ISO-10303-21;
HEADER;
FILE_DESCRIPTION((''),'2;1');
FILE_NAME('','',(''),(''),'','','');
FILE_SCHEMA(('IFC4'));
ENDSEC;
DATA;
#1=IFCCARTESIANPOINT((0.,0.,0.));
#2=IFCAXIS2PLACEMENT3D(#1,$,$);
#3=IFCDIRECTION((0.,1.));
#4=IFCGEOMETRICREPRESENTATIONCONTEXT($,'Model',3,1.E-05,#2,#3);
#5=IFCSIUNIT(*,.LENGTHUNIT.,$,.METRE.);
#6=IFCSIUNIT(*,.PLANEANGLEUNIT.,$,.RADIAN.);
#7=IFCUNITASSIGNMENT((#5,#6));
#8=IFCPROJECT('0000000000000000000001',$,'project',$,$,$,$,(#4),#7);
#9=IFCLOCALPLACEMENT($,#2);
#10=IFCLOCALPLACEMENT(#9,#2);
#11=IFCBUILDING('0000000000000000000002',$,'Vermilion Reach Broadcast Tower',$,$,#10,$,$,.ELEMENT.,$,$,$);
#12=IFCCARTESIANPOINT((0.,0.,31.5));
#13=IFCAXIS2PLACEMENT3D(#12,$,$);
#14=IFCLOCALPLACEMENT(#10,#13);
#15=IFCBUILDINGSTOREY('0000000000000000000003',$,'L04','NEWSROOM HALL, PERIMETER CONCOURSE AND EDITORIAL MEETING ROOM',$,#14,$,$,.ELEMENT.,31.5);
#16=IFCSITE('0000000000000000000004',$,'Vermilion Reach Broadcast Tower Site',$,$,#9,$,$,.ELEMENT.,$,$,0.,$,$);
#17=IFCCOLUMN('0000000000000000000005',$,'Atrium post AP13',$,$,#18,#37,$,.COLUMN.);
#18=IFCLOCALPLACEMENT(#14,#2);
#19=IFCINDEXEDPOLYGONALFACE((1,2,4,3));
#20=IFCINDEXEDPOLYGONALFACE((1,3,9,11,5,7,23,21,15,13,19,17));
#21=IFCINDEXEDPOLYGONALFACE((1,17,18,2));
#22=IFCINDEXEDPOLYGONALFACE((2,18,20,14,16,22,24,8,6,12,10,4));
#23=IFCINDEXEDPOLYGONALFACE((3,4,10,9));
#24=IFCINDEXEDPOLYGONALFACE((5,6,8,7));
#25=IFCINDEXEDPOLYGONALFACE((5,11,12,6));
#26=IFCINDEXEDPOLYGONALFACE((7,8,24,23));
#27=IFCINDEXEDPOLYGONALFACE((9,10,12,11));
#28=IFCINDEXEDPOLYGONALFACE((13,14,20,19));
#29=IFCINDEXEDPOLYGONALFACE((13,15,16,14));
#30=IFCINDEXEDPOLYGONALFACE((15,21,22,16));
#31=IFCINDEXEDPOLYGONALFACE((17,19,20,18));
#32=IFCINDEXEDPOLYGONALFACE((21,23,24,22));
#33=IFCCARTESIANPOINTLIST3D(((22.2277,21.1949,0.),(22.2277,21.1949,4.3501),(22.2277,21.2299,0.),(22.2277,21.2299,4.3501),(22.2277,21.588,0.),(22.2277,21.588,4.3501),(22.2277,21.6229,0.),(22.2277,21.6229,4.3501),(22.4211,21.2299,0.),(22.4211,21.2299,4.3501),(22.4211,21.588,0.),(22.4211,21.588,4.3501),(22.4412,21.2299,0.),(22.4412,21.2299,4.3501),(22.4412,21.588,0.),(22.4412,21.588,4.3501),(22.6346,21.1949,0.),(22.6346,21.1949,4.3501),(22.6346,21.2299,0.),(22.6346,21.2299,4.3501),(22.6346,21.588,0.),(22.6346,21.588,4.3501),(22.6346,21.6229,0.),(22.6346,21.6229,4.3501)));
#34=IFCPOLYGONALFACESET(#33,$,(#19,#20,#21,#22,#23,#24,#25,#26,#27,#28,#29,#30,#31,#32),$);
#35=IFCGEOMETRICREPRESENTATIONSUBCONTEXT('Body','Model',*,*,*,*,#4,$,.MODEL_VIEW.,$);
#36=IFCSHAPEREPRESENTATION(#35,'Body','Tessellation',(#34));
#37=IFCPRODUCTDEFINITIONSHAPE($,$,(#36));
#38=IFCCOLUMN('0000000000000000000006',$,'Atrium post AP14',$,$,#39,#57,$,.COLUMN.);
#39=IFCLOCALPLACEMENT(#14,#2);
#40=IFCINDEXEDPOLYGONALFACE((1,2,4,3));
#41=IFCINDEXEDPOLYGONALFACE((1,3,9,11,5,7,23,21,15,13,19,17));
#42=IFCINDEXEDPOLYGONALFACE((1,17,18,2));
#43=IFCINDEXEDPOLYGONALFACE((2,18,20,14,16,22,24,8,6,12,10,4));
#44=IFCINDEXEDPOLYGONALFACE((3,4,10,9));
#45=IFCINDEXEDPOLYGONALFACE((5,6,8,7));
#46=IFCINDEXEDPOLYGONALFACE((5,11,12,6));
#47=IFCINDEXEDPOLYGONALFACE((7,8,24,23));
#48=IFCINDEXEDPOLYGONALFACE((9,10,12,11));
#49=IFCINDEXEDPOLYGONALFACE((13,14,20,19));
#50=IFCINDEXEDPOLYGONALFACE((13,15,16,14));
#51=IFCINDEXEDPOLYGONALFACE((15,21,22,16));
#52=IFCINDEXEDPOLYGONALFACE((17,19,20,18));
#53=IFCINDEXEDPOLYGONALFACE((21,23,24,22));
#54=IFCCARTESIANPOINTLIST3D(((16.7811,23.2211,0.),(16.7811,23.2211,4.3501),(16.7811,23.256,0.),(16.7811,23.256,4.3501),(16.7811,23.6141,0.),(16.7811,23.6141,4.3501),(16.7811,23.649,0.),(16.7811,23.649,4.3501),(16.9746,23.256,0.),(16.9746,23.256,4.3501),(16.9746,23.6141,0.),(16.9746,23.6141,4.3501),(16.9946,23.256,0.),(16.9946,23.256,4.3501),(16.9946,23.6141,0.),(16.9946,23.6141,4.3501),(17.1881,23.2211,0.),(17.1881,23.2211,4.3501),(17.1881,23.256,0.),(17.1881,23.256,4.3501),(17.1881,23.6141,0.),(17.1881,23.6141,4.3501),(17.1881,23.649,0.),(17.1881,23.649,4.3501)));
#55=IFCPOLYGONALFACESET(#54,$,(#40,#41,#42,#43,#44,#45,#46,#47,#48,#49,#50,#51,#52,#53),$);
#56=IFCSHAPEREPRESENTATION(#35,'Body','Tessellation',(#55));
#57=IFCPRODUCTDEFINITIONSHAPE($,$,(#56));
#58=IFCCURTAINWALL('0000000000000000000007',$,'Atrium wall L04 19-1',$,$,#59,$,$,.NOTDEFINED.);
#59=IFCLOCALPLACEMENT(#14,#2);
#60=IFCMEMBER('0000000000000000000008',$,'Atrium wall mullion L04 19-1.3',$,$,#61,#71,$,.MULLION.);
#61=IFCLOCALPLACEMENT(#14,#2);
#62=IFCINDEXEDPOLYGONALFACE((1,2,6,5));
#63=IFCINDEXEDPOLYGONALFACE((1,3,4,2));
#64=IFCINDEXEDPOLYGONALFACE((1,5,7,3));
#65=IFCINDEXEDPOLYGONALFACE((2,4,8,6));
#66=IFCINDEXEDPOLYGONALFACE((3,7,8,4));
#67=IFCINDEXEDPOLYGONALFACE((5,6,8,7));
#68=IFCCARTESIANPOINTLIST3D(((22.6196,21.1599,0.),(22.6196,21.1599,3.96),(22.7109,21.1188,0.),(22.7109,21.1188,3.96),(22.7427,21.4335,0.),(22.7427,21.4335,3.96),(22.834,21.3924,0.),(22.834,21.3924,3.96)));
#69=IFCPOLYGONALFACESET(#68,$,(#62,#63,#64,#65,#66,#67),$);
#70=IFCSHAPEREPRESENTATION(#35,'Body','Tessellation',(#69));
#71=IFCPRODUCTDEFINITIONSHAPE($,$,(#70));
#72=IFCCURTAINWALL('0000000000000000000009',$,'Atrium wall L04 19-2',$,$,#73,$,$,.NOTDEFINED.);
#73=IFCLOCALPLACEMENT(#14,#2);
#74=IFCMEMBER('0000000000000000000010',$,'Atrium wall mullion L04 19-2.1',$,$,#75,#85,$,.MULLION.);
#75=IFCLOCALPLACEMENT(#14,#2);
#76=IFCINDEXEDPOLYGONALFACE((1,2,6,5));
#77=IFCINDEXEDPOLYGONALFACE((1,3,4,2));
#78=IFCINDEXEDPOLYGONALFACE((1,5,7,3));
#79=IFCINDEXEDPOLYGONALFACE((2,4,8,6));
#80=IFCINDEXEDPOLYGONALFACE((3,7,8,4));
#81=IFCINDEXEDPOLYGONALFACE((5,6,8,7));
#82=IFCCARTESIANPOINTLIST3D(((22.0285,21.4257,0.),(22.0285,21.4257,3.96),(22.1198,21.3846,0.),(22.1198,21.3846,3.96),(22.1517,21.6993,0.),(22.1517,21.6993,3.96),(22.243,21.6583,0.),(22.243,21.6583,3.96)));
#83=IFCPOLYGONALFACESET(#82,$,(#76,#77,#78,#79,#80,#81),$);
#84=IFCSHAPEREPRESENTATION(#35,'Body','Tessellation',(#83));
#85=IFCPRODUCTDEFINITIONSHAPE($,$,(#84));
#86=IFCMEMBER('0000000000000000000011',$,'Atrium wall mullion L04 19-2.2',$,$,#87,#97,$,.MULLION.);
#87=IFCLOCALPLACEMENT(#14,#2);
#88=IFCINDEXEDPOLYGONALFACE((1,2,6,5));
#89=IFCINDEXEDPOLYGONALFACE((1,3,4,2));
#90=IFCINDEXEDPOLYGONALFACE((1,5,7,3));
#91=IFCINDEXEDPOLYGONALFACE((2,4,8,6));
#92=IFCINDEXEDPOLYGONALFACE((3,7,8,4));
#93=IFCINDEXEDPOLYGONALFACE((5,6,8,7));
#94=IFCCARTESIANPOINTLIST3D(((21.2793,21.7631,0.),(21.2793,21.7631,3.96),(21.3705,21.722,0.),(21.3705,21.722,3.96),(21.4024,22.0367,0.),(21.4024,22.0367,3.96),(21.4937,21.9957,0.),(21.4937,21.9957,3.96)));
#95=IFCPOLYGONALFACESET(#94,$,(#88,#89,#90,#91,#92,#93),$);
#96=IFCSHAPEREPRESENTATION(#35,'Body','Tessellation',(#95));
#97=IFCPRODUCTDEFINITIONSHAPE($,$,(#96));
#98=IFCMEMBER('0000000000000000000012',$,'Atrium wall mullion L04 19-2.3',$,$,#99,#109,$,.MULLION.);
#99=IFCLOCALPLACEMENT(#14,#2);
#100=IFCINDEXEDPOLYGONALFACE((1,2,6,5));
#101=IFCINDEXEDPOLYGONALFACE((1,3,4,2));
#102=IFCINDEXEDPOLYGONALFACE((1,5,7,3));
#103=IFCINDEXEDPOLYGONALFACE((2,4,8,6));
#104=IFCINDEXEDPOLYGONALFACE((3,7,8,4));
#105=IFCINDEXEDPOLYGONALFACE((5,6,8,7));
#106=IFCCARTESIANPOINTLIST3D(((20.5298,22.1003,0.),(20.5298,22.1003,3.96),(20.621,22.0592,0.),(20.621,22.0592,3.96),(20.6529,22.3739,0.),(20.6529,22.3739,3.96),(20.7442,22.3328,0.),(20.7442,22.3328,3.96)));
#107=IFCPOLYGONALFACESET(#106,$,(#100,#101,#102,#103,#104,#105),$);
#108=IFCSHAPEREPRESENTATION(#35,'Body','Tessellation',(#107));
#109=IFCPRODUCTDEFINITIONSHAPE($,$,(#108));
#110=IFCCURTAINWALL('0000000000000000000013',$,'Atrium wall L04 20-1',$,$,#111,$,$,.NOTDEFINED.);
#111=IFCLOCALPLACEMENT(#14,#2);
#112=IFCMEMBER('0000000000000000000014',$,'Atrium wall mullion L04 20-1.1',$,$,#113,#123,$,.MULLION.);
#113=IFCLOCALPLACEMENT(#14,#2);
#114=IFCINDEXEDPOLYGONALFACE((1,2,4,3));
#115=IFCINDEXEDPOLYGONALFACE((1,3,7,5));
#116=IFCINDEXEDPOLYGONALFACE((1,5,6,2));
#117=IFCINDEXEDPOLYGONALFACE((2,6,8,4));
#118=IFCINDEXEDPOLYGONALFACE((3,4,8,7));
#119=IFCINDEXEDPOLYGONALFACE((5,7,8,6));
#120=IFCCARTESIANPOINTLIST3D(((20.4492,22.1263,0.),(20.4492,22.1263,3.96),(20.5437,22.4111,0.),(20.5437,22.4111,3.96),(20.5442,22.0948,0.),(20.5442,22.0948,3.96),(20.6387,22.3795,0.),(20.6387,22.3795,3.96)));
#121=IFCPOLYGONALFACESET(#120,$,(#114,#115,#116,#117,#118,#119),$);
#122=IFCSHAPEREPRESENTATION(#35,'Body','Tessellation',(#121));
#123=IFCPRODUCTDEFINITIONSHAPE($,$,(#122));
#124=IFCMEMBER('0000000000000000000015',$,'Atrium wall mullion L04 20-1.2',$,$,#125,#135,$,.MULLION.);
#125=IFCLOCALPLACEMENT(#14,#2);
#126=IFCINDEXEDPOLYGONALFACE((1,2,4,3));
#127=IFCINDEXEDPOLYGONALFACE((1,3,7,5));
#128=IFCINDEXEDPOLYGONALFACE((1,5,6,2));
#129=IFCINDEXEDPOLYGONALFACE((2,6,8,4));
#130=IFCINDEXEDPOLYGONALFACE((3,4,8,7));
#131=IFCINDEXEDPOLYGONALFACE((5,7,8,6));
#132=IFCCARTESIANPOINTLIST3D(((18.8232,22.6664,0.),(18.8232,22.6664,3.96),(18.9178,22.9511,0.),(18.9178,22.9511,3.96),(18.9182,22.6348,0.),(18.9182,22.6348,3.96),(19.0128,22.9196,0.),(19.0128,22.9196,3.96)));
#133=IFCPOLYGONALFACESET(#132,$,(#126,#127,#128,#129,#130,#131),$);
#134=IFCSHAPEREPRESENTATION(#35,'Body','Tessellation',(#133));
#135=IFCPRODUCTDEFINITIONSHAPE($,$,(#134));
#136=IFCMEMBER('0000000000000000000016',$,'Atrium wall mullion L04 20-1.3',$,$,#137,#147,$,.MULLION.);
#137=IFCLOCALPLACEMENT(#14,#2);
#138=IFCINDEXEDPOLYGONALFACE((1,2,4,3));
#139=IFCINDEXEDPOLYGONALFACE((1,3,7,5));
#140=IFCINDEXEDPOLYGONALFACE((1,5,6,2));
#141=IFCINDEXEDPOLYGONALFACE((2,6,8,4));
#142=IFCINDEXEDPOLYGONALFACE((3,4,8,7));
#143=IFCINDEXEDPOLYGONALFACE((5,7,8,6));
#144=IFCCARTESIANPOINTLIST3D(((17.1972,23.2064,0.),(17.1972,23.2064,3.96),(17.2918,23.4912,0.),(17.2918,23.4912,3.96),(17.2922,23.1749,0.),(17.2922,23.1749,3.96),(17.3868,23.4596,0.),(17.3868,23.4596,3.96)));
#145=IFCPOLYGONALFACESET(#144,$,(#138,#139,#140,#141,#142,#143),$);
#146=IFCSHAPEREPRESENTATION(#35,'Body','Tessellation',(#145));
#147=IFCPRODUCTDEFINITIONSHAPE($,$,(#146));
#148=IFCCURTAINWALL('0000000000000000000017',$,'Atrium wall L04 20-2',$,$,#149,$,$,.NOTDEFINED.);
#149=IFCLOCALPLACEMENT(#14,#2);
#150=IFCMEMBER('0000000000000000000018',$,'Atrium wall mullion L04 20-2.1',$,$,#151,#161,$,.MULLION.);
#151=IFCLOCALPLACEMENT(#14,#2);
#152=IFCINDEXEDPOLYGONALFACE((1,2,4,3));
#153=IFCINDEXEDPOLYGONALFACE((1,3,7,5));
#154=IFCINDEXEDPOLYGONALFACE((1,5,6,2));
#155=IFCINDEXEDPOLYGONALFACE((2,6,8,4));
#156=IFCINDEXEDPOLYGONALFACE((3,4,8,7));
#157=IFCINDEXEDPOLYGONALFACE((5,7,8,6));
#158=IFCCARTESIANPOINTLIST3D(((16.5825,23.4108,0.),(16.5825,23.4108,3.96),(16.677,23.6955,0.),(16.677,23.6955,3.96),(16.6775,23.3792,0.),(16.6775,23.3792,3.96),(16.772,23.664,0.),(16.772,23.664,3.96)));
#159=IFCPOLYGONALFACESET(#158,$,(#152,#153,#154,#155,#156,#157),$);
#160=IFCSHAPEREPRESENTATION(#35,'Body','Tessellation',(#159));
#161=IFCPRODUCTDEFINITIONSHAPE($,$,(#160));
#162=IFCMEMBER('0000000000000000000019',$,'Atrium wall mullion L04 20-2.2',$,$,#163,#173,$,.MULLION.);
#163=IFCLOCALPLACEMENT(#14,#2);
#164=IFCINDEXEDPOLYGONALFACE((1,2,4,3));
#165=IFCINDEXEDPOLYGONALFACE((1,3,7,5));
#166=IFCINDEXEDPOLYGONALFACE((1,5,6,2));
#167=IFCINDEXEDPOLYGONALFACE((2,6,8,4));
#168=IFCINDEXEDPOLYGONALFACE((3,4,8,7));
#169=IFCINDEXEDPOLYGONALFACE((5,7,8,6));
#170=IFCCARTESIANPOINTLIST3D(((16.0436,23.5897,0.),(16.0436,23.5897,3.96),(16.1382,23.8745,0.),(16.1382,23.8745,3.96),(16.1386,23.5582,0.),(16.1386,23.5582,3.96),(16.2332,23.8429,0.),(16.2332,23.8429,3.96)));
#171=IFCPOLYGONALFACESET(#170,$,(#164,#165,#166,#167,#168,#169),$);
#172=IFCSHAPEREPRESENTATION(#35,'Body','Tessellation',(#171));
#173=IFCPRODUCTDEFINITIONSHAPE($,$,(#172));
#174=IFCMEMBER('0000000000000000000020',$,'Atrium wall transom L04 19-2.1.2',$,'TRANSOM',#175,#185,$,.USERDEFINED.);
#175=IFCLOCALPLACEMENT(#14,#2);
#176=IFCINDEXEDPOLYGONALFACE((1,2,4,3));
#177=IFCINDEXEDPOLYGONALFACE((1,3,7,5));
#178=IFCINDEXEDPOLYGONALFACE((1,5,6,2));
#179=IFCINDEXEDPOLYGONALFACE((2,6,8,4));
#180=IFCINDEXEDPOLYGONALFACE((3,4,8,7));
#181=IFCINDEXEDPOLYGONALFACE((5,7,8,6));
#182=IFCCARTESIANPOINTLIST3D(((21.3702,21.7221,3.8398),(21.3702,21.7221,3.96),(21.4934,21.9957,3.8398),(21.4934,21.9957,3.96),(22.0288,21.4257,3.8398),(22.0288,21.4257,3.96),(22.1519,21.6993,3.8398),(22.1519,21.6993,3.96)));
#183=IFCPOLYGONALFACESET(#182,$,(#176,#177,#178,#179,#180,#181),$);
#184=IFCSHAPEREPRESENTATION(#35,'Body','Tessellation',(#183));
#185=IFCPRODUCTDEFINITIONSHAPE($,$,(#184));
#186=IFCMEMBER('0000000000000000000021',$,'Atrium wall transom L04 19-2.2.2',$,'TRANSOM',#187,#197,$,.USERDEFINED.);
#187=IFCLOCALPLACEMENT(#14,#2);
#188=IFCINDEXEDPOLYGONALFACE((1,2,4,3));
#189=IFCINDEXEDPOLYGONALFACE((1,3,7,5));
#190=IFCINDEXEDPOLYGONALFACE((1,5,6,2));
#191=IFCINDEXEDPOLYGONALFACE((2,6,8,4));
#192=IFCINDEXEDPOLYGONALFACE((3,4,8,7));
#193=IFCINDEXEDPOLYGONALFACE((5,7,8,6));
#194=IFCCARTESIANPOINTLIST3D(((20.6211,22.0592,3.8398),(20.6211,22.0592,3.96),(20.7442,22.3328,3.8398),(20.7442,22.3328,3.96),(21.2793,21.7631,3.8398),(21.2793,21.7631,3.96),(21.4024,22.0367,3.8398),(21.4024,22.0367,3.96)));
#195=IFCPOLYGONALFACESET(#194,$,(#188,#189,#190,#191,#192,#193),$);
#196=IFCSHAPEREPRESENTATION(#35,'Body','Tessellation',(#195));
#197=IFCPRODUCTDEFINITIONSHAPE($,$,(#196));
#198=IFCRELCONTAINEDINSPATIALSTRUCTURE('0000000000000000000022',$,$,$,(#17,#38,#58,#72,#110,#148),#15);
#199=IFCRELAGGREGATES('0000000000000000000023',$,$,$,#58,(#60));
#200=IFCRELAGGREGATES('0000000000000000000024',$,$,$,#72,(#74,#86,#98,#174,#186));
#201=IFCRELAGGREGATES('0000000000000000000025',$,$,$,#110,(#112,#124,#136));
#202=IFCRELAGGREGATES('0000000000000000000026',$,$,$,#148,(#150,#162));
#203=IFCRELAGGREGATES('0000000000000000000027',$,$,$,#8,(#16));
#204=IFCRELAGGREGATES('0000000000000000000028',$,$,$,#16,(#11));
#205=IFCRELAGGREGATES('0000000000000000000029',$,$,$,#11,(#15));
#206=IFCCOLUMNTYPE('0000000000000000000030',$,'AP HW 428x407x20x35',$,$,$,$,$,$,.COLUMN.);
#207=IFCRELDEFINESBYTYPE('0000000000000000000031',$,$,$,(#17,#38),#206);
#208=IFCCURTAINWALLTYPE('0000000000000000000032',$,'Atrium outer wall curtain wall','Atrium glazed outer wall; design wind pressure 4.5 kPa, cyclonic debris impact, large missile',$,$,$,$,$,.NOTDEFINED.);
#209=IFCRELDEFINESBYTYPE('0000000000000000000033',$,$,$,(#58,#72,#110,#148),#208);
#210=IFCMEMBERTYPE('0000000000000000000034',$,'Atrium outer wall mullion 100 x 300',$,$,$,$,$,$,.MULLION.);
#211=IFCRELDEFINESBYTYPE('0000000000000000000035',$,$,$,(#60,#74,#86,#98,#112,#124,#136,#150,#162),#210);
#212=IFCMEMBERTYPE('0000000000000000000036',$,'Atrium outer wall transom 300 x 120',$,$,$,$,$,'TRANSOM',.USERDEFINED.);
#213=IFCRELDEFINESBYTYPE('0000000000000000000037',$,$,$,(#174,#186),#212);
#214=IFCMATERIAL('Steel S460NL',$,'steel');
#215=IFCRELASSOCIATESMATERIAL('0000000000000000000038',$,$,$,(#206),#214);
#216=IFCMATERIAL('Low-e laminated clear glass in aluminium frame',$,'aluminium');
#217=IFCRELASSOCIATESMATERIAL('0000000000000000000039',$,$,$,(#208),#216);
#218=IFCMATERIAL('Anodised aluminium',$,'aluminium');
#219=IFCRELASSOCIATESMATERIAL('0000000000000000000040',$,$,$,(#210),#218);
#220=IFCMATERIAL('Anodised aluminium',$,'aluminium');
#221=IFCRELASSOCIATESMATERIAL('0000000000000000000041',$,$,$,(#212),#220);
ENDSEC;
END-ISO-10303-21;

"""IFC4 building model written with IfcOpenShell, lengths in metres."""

from ifc_helpers import new_model, si_unit, direction, frame, origin, origin_2d, place, context, subcontext, project, spatial, rectangle, i_section, extrude, material, material_profile, profile_set, type_object, element, aggregate, save


model = new_model("IFC4")

# Units and contexts
model_context = context("Model", 3, precision=1e-05, world=origin(), true_north=direction((0.0, 1.0)))
body_context = subcontext(model_context, "Body", "Model", "MODEL_VIEW")
ifc_project = project(units=[si_unit("LENGTHUNIT", "METRE"), si_unit("PLANEANGLEUNIT", "RADIAN")], contexts=[model_context])

# Site, building, storey
site_placement = place(None, origin())
site = spatial("IfcSite", under=ifc_project, at=site_placement, Name="Vermilion Reach Broadcast Tower Site", CompositionType="ELEMENT", RefElevation=0.0)
building_placement = place(site_placement, origin())
building = spatial("IfcBuilding", under=site, at=building_placement, Name="Vermilion Reach Broadcast Tower", CompositionType="ELEMENT")
storey_placement = place(building_placement, frame((0.0, 0.0, 31.5)))
storey = spatial("IfcBuildingStorey", under=building, at=storey_placement, Name="L04", Description="NEWSROOM HALL, PERIMETER CONCOURSE AND EDITORIAL MEETING ROOM", CompositionType="ELEMENT", Elevation=31.5)

# Columns
ifc_material_1 = material(Name="Steel S460NL", Category="steel")
ifc_material_profile_1 = material_profile(ifc_material_1, i_section(OverallWidth=0.407, OverallDepth=0.428, WebThickness=0.02, FlangeThickness=0.0349, at=origin_2d()), Name="S460NL HW 428x407x20x35")
ifc_profile_set_1 = profile_set([ifc_material_profile_1], Name="Steel S460NL")
column_type = type_object("IfcColumnType", Name="AP HW 428x407x20x35", PredefinedType="COLUMN", material=ifc_profile_set_1)
for number, where, z_axis, x_axis, name in (
    (1, (22.4312, 21.4089, 0.0), (0.0, 0.0, 1.0), (1.0, 0.0, 0.0), "Atrium post AP13"),
    (2, (16.9846, 23.4351, 0.0), (0.0, 0.0, 1.0), (1.0, 0.0, 0.0), "Atrium post AP14"),
):
    element("IfcColumn", number, at=place(storey_placement, frame(where, z_axis=z_axis, x_axis=x_axis)), inside=storey, type_object=column_type, Name=name, PredefinedType="COLUMN", context=body_context, shape_type="SweptSolid", body=[
        extrude(i_section(OverallWidth=0.407, OverallDepth=0.428, WebThickness=0.02, FlangeThickness=0.0349, at=origin_2d()), origin(), (0.0, 0.0, 1.0), 4.3501),
    ])

# Curtain wall, member
ifc_material_2 = material(Name="Low-e laminated clear glass in aluminium frame", Category="aluminium")
curtain_wall_type_1 = type_object("IfcCurtainWallType", Name="Atrium outer wall curtain wall", Description="Atrium glazed outer wall; design wind pressure 4.5 kPa, cyclonic debris impact, large missile", PredefinedType="NOTDEFINED", material=ifc_material_2)
placement = place(storey_placement, origin())
curtain_wall_1 = element("IfcCurtainWall", 3, at=placement, inside=storey, type_object=curtain_wall_type_1, Name="Atrium wall L04 19-1", PredefinedType="NOTDEFINED")
ifc_material_3 = material(Name="Anodised aluminium", Category="aluminium")
ifc_material_profile_2 = material_profile(ifc_material_3, rectangle(XDim=0.3, YDim=0.1001, at=origin_2d()), Name="Atrium outer wall mullion 100 x 300")
ifc_profile_set_2 = profile_set([ifc_material_profile_2], Name="Anodised aluminium")
member_type_1 = type_object("IfcMemberType", Name="Atrium outer wall mullion 100 x 300", PredefinedType="MULLION", material=ifc_profile_set_2)
member_1_placement = place(storey_placement, frame((22.7268, 21.2761, 0.0), z_axis=(0.0, 0.0, 1.0), x_axis=(-0.410408, -0.911902, 0.0)))
member_1 = element("IfcMember", 4, at=member_1_placement, type_object=member_type_1, Name="Atrium wall mullion L04 19-1.3", PredefinedType="MULLION", context=body_context, shape_type="SweptSolid", body=[
    extrude(rectangle(XDim=0.3, YDim=0.1001, at=origin_2d()), origin(), (0.0, 0.0, 1.0), 3.96),
])

# Curtain walls, members
curtain_wall_2 = element("IfcCurtainWall", 5, at=placement, inside=storey, type_object=curtain_wall_type_1, Name="Atrium wall L04 19-2", PredefinedType="NOTDEFINED")
member_2_placement = place(storey_placement, frame((22.1357, 21.542, 0.0), z_axis=(0.0, 0.0, 1.0), x_axis=(-0.410408, -0.911902, 0.0)))
member_2 = element("IfcMember", 6, at=member_2_placement, type_object=member_type_1, Name="Atrium wall mullion L04 19-2.1", PredefinedType="MULLION", context=body_context, shape_type="SweptSolid", body=[
    extrude(rectangle(XDim=0.3, YDim=0.1001, at=origin_2d()), origin(), (0.0, 0.0, 1.0), 3.96),
])
member_3_placement = place(storey_placement, frame((21.3865, 21.8794, 0.0), z_axis=(0.0, 0.0, 1.0), x_axis=(-0.410408, -0.911902, 0.0)))
member_3 = element("IfcMember", 7, at=member_3_placement, type_object=member_type_1, Name="Atrium wall mullion L04 19-2.2", PredefinedType="MULLION", context=body_context, shape_type="SweptSolid", body=[
    extrude(rectangle(XDim=0.3, YDim=0.1001, at=origin_2d()), origin(), (0.0, 0.0, 1.0), 3.96),
])
member_4_placement = place(storey_placement, frame((20.637, 22.2166, 0.0), z_axis=(0.0, 0.0, 1.0), x_axis=(-0.410408, -0.911902, 0.0)))
member_4 = element("IfcMember", 8, at=member_4_placement, type_object=member_type_1, Name="Atrium wall mullion L04 19-2.3", PredefinedType="MULLION", context=body_context, shape_type="SweptSolid", body=[
    extrude(rectangle(XDim=0.3, YDim=0.1001, at=origin_2d()), origin(), (0.0, 0.0, 1.0), 3.96),
])
curtain_wall_3 = element("IfcCurtainWall", 9, at=placement, inside=storey, type_object=curtain_wall_type_1, Name="Atrium wall L04 20-1", PredefinedType="NOTDEFINED")
member_5_placement = place(storey_placement, frame((20.5439, 22.2529, 0.0), z_axis=(0.0, 0.0, 1.0), x_axis=(-0.315228, -0.949016, 0.0)))
member_5 = element("IfcMember", 10, at=member_5_placement, type_object=member_type_1, Name="Atrium wall mullion L04 20-1.1", PredefinedType="MULLION", context=body_context, shape_type="SweptSolid", body=[
    extrude(rectangle(XDim=0.3, YDim=0.1001, at=origin_2d()), origin(), (0.0, 0.0, 1.0), 3.96),
])
member_6_placement = place(storey_placement, frame((18.918, 22.793, 0.0), z_axis=(0.0, 0.0, 1.0), x_axis=(-0.315228, -0.949016, 0.0)))
member_6 = element("IfcMember", 11, at=member_6_placement, type_object=member_type_1, Name="Atrium wall mullion L04 20-1.2", PredefinedType="MULLION", context=body_context, shape_type="SweptSolid", body=[
    extrude(rectangle(XDim=0.3, YDim=0.1001, at=origin_2d()), origin(), (0.0, 0.0, 1.0), 3.96),
])
member_7_placement = place(storey_placement, frame((17.292, 23.333, 0.0), z_axis=(0.0, 0.0, 1.0), x_axis=(-0.315228, -0.949016, 0.0)))
member_7 = element("IfcMember", 12, at=member_7_placement, type_object=member_type_1, Name="Atrium wall mullion L04 20-1.3", PredefinedType="MULLION", context=body_context, shape_type="SweptSolid", body=[
    extrude(rectangle(XDim=0.3, YDim=0.1001, at=origin_2d()), origin(), (0.0, 0.0, 1.0), 3.96),
])
curtain_wall_4 = element("IfcCurtainWall", 13, at=placement, inside=storey, type_object=curtain_wall_type_1, Name="Atrium wall L04 20-2", PredefinedType="NOTDEFINED")
member_8_placement = place(storey_placement, frame((16.6772, 23.5374, 0.0), z_axis=(0.0, 0.0, 1.0), x_axis=(-0.315228, -0.949016, 0.0)))
member_8 = element("IfcMember", 14, at=member_8_placement, type_object=member_type_1, Name="Atrium wall mullion L04 20-2.1", PredefinedType="MULLION", context=body_context, shape_type="SweptSolid", body=[
    extrude(rectangle(XDim=0.3, YDim=0.1001, at=origin_2d()), origin(), (0.0, 0.0, 1.0), 3.96),
])
member_9_placement = place(storey_placement, frame((16.1384, 23.7163, 0.0), z_axis=(0.0, 0.0, 1.0), x_axis=(-0.315228, -0.949016, 0.0)))
member_9 = element("IfcMember", 15, at=member_9_placement, type_object=member_type_1, Name="Atrium wall mullion L04 20-2.2", PredefinedType="MULLION", context=body_context, shape_type="SweptSolid", body=[
    extrude(rectangle(XDim=0.3, YDim=0.1001, at=origin_2d()), origin(), (0.0, 0.0, 1.0), 3.96),
])

# Members
ifc_material_4 = material(Name="Anodised aluminium", Category="aluminium")
ifc_material_profile_3 = material_profile(ifc_material_4, rectangle(XDim=0.3, YDim=0.1201, at=origin_2d()), Name="Atrium outer wall transom 300 x 120")
ifc_profile_set_3 = profile_set([ifc_material_profile_3], Name="Anodised aluminium")
member_type_2 = type_object("IfcMemberType", Name="Atrium outer wall transom 300 x 120", ElementType="TRANSOM", PredefinedType="USERDEFINED", material=ifc_profile_set_3)
member_10_placement = place(storey_placement, frame((22.0903, 21.5625, 3.8999), z_axis=(-0.911877, 0.410463, 0.0), x_axis=(-0.410463, -0.911877, 0.0)))
member_10 = element("IfcMember", 16, at=member_10_placement, type_object=member_type_2, Name="Atrium wall transom L04 19-2.1.2", ObjectType="TRANSOM", PredefinedType="USERDEFINED", context=body_context, shape_type="SweptSolid", body=[
    extrude(rectangle(XDim=0.3, YDim=0.1201, at=origin_2d()), origin(), (0.0, 0.0, 1.0), 0.7222),
])
member_11_placement = place(storey_placement, frame((21.3408, 21.8999, 3.8999), z_axis=(-0.911947, 0.410308, 0.0), x_axis=(-0.410308, -0.911947, 0.0)))
member_11 = element("IfcMember", 17, at=member_11_placement, type_object=member_type_2, Name="Atrium wall transom L04 19-2.2.2", ObjectType="TRANSOM", PredefinedType="USERDEFINED", context=body_context, shape_type="SweptSolid", body=[
    extrude(rectangle(XDim=0.3, YDim=0.1201, at=origin_2d()), origin(), (0.0, 0.0, 1.0), 0.7217),
])

aggregate(curtain_wall_1, [member_1])
aggregate(curtain_wall_2, [member_2, member_3, member_4, member_10, member_11])
aggregate(curtain_wall_3, [member_5, member_6, member_7])
aggregate(curtain_wall_4, [member_8, member_9])

save(model, "model.ifc")
